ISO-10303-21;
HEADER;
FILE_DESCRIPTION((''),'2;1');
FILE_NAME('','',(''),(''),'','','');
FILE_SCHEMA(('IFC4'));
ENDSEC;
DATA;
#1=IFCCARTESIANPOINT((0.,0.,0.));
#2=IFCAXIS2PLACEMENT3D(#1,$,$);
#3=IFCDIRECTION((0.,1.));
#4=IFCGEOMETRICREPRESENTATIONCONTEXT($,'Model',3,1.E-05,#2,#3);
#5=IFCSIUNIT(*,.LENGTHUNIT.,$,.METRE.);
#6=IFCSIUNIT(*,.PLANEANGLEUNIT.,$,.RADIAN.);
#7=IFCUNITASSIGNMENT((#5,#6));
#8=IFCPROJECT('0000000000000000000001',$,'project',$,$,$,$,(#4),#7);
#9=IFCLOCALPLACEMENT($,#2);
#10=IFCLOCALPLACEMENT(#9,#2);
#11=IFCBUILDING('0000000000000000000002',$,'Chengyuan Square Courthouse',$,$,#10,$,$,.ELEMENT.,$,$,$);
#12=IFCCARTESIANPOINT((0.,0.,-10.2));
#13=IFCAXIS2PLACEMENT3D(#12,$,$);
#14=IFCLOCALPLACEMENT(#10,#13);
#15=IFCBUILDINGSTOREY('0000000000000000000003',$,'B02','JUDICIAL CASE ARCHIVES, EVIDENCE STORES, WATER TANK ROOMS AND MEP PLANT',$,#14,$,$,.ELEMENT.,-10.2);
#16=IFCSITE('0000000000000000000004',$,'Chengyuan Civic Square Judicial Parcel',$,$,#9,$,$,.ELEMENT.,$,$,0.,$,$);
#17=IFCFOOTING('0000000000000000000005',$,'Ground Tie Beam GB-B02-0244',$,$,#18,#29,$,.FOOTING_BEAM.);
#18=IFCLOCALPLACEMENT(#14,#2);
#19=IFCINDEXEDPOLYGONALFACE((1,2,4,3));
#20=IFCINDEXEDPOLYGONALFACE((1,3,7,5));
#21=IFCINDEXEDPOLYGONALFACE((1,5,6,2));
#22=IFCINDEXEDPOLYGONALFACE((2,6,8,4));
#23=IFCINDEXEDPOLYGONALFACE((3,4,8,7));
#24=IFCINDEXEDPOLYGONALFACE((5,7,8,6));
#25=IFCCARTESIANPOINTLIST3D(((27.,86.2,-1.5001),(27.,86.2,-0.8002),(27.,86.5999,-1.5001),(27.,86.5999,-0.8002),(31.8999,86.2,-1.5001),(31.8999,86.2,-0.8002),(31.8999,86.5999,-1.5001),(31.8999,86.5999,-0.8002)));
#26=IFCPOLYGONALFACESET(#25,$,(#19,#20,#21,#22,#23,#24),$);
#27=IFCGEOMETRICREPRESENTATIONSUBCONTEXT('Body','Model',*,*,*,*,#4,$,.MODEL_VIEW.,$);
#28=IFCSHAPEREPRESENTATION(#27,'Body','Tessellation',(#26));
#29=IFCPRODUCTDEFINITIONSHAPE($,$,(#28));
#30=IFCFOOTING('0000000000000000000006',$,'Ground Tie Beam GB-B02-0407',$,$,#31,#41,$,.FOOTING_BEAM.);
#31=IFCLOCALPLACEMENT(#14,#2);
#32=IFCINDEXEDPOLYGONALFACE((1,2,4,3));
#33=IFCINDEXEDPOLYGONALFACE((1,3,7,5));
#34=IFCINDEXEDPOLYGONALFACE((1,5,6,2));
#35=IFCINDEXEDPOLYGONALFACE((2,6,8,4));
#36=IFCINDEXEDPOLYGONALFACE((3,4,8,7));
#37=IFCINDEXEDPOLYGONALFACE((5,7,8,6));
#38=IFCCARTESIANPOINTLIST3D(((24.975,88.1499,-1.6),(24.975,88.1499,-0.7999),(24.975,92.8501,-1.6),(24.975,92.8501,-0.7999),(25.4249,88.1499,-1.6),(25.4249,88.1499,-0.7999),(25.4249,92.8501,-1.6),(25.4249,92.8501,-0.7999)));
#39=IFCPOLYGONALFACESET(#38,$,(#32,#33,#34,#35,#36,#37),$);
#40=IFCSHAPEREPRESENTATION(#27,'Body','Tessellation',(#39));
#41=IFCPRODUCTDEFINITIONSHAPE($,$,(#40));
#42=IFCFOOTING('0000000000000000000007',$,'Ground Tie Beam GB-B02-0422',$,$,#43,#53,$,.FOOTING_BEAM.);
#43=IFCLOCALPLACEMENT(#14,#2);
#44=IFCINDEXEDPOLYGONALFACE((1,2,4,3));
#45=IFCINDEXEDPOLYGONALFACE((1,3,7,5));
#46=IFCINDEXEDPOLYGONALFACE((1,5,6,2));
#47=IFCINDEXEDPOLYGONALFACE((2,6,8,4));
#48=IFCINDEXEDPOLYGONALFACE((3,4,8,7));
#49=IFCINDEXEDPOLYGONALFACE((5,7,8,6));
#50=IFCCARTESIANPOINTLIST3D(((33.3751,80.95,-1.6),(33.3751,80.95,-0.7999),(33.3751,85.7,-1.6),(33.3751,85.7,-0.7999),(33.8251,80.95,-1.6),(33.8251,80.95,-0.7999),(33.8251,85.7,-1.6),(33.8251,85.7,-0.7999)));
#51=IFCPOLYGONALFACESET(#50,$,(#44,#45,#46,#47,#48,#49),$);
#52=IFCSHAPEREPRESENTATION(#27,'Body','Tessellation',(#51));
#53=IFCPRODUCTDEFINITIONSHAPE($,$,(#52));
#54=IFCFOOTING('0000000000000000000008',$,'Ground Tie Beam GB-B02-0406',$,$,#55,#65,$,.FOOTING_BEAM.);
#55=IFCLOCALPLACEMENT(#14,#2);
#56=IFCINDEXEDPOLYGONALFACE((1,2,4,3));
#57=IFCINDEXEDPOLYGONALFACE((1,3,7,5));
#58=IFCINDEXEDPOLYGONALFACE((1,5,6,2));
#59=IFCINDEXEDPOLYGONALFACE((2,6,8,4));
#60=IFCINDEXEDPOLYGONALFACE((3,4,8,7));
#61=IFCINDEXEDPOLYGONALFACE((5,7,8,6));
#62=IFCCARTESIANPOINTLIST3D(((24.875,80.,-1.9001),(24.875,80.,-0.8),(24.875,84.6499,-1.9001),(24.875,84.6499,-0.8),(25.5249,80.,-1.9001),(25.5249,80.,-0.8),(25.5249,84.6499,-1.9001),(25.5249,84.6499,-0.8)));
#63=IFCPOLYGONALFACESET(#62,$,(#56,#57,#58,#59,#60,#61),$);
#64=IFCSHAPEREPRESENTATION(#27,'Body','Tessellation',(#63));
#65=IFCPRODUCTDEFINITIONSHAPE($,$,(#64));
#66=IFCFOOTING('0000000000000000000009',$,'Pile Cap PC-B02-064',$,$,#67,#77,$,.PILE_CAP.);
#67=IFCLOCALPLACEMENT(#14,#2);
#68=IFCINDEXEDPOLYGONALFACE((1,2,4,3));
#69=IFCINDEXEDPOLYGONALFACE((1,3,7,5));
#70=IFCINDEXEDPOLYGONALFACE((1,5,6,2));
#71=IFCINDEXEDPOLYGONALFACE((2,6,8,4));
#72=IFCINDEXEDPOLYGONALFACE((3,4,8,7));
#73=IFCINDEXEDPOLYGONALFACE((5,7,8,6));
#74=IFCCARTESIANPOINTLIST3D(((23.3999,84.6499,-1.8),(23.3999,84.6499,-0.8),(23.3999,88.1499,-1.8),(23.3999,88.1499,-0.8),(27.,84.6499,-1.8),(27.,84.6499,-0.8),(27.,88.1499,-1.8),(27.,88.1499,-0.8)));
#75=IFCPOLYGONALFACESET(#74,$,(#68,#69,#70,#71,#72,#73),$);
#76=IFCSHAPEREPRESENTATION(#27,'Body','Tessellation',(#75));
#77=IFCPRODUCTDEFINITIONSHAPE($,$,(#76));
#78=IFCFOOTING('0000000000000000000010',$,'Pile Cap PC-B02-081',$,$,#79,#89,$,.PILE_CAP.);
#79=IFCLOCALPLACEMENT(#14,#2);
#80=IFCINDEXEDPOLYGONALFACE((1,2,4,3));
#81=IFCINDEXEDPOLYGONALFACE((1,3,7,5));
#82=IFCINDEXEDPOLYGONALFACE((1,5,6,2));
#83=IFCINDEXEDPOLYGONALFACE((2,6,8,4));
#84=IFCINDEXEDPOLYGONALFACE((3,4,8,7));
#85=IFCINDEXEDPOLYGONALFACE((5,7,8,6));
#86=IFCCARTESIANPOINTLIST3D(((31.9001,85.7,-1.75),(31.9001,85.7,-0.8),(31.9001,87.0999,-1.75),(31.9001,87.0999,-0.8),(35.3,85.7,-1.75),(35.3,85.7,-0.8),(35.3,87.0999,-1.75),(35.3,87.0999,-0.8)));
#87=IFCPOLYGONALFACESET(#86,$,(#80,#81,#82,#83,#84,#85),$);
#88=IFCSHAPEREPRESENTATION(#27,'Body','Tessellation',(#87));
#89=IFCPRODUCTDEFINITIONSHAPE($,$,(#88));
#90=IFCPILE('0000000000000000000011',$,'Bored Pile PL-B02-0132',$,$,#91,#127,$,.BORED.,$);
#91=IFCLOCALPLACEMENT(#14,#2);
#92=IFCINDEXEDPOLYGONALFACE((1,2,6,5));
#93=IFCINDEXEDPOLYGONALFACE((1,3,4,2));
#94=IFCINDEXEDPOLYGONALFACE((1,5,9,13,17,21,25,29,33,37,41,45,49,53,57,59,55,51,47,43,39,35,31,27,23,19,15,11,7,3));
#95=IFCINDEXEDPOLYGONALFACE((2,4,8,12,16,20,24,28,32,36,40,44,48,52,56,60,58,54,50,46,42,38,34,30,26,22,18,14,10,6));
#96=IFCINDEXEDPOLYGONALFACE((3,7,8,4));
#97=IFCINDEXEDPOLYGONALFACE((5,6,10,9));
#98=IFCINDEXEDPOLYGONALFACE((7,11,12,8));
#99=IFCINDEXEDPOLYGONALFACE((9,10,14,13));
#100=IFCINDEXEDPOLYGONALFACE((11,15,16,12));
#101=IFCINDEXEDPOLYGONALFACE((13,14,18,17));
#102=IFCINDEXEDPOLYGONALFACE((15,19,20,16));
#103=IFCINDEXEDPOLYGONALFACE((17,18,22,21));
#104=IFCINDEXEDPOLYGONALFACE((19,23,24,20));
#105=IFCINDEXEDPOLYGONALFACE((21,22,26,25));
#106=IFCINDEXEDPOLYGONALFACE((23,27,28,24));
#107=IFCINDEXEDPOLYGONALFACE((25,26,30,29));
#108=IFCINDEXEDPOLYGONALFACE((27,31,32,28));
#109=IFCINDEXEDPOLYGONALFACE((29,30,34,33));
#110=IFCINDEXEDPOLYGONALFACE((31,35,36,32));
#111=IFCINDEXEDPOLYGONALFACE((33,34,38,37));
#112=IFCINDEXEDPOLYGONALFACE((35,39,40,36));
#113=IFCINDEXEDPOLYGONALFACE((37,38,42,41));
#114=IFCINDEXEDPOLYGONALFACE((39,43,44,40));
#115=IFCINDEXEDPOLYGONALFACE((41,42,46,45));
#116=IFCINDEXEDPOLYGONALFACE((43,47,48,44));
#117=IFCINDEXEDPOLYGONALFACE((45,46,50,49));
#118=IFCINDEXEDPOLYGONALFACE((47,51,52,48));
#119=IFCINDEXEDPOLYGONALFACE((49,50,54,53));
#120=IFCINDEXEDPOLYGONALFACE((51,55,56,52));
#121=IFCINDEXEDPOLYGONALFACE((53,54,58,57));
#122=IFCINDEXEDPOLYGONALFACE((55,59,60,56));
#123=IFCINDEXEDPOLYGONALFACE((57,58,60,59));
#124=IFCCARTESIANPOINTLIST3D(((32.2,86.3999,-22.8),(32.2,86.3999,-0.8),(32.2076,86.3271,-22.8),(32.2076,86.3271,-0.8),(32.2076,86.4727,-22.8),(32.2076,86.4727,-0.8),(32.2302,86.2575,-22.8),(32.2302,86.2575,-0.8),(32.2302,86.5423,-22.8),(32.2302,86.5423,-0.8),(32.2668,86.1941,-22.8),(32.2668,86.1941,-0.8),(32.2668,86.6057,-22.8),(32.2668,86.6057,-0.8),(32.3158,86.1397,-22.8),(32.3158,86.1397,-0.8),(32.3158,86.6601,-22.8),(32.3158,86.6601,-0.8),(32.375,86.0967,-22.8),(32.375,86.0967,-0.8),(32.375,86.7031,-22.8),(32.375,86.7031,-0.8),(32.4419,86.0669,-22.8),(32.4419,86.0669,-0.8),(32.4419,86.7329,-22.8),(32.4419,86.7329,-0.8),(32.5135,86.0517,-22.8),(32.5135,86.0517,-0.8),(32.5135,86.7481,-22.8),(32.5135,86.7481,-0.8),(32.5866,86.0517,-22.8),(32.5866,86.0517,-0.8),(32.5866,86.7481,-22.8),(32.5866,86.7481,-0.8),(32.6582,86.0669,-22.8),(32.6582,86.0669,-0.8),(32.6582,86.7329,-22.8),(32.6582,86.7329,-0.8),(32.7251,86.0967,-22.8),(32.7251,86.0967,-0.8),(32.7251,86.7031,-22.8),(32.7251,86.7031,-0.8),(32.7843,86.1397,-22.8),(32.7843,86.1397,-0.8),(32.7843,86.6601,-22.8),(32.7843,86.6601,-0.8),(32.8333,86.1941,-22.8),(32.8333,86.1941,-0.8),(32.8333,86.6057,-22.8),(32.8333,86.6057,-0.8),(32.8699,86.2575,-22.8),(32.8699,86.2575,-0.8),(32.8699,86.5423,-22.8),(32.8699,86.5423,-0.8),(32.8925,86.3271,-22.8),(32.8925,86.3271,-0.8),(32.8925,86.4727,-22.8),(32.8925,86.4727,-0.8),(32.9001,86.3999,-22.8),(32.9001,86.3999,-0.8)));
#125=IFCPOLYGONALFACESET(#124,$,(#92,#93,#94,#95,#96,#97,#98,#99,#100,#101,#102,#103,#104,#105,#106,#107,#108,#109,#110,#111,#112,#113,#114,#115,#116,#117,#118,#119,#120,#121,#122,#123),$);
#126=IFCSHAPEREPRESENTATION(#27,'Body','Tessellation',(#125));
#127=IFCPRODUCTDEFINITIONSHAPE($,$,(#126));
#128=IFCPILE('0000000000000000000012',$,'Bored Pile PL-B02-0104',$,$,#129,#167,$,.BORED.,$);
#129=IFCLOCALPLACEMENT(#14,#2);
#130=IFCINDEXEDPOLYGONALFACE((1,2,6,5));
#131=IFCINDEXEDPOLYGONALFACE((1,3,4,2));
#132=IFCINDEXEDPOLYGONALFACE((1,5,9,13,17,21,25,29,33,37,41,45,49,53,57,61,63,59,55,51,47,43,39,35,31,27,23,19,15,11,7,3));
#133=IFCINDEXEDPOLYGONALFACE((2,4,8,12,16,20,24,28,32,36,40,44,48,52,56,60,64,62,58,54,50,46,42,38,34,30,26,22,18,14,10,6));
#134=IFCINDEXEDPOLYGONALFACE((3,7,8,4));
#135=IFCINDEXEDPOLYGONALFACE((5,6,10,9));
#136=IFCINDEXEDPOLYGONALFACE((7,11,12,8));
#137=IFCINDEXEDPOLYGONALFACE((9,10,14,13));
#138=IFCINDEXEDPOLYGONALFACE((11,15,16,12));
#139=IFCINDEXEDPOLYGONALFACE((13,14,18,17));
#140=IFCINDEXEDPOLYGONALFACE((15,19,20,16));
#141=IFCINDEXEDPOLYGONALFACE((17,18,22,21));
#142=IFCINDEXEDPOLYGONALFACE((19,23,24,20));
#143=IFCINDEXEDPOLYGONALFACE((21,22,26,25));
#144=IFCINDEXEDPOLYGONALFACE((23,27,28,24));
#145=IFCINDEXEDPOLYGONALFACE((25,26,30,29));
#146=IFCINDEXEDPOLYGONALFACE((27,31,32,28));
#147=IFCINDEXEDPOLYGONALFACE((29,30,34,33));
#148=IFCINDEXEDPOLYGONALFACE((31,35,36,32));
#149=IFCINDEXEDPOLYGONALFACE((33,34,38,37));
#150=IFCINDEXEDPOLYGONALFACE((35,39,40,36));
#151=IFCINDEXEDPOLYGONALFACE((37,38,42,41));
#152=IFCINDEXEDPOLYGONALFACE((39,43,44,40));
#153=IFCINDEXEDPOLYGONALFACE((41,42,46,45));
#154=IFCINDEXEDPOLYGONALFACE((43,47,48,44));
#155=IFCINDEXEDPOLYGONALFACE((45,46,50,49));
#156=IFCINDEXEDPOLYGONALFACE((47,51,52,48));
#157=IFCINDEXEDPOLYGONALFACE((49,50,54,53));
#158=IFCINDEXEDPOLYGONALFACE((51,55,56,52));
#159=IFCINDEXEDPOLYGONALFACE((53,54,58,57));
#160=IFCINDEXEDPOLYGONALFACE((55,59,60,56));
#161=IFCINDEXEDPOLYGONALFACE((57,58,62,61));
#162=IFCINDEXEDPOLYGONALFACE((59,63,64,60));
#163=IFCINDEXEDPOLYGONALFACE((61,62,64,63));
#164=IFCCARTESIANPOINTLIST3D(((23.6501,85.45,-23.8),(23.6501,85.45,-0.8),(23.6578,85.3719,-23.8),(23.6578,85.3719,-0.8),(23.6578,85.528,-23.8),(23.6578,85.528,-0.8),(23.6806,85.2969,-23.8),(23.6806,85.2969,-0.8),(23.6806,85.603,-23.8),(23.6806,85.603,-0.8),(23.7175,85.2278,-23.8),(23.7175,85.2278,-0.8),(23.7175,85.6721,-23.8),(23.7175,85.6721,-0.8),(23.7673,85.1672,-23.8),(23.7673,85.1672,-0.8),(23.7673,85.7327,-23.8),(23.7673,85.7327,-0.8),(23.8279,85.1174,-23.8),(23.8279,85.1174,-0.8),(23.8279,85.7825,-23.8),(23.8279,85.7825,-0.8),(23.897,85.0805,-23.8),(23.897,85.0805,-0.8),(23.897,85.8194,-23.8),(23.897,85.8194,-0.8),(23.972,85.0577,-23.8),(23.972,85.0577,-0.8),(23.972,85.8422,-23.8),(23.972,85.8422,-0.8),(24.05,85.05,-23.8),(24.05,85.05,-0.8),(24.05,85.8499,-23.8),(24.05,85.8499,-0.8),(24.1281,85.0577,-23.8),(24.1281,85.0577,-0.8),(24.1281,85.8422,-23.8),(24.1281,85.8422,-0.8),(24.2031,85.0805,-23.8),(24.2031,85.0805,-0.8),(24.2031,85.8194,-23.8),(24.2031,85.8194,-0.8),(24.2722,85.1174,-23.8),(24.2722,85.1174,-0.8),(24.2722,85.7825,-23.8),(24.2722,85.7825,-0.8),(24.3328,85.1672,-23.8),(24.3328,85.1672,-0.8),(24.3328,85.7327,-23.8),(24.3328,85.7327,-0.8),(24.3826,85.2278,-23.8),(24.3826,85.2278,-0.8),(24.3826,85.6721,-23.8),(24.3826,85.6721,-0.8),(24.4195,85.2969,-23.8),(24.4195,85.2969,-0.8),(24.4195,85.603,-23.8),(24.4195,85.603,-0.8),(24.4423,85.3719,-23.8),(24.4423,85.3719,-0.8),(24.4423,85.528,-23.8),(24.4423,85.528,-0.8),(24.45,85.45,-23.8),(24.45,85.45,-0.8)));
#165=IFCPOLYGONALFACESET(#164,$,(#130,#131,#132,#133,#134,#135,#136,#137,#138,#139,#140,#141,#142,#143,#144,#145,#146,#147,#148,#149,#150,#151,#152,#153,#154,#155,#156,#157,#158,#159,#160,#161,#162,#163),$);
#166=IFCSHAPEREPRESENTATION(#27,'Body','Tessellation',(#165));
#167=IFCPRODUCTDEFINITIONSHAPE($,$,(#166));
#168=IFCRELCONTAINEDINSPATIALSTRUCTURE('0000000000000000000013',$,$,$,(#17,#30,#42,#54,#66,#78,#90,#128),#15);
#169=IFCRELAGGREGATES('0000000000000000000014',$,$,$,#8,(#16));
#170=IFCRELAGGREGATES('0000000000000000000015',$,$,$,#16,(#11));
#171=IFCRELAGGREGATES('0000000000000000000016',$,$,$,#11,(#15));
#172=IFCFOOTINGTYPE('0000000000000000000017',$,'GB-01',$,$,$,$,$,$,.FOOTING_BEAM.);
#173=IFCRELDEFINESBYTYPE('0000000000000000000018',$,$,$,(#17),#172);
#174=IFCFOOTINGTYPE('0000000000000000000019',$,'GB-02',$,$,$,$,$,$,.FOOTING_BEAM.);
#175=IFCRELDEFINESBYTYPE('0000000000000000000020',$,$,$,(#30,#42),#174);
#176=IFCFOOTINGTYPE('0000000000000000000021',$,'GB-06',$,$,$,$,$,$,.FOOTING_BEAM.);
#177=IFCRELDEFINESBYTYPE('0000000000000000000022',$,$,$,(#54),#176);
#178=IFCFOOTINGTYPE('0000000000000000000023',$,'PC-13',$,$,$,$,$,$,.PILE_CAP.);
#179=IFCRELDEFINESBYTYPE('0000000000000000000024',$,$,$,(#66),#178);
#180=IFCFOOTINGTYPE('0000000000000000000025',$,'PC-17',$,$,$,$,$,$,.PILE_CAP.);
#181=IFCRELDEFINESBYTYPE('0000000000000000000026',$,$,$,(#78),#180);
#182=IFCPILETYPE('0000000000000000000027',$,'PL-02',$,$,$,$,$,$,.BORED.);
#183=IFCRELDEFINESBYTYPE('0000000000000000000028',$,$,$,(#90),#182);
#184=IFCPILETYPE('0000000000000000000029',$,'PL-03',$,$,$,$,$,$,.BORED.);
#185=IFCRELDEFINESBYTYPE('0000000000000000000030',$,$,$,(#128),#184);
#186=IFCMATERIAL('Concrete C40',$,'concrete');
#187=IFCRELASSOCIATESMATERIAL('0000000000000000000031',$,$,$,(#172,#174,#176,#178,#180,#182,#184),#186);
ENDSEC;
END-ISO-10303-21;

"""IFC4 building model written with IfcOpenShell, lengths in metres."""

from ifc_helpers import new_model, si_unit, direction, frame, origin, origin_2d, place, context, subcontext, project, spatial, rectangle, circle, extrude, material, material_profile, profile_set, type_object, element, save


model = new_model("IFC4")

# Units and contexts
model_context = context("Model", 3, precision=1e-05, world=origin(), true_north=direction((0.0, 1.0)))
body_context = subcontext(model_context, "Body", "Model", "MODEL_VIEW")
ifc_project = project(units=[si_unit("LENGTHUNIT", "METRE"), si_unit("PLANEANGLEUNIT", "RADIAN")], contexts=[model_context])

# Site, building, storey
site_placement = place(None, origin())
site = spatial("IfcSite", under=ifc_project, at=site_placement, Name="Chengyuan Civic Square Judicial Parcel", CompositionType="ELEMENT", RefElevation=0.0)
building_placement = place(site_placement, origin())
building = spatial("IfcBuilding", under=site, at=building_placement, Name="Chengyuan Square Courthouse", CompositionType="ELEMENT")
storey_placement = place(building_placement, frame((0.0, 0.0, -10.2)))
storey = spatial("IfcBuildingStorey", under=building, at=storey_placement, Name="B02", Description="JUDICIAL CASE ARCHIVES, EVIDENCE STORES, WATER TANK ROOMS AND MEP PLANT", CompositionType="ELEMENT", Elevation=-10.2)

# Footings
ifc_material_1 = material(Name="Concrete C40", Category="concrete")
ifc_material_profile_1 = material_profile(ifc_material_1, rectangle(XDim=0.3999, YDim=0.7, at=origin_2d()), Name="GB-400x700")
ifc_profile_set_1 = profile_set([ifc_material_profile_1], Name="Concrete C40")
footing_type_1 = type_object("IfcFootingType", Name="GB-01", PredefinedType="FOOTING_BEAM", material=ifc_profile_set_1)
footing_1_placement = place(storey_placement, frame((27.0, 86.3999, -1.1501), z_axis=(1.0, 0.0, 0.0), x_axis=(0.0, 1.0, 0.0)))
element("IfcFooting", 1, at=footing_1_placement, inside=storey, type_object=footing_type_1, Name="Ground Tie Beam GB-B02-0244", PredefinedType="FOOTING_BEAM", context=body_context, shape_type="SweptSolid", body=[
    extrude(rectangle(XDim=0.3999, YDim=0.7, at=origin_2d()), origin(), (0.0, 0.0, 1.0), 4.8999),
])
ifc_material_profile_2 = material_profile(ifc_material_1, rectangle(XDim=0.45, YDim=0.8, at=origin_2d()), Name="GB-450x800")
ifc_profile_set_2 = profile_set([ifc_material_profile_2], Name="Concrete C40")
footing_type_2 = type_object("IfcFootingType", Name="GB-02", PredefinedType="FOOTING_BEAM", material=ifc_profile_set_2)
footing_2_placement = place(storey_placement, frame((25.2, 88.1499, -1.2), z_axis=(0.0, 1.0, 0.0), x_axis=(-1.0, 0.0, 0.0)))
element("IfcFooting", 2, at=footing_2_placement, inside=storey, type_object=footing_type_2, Name="Ground Tie Beam GB-B02-0407", PredefinedType="FOOTING_BEAM", context=body_context, shape_type="SweptSolid", body=[
    extrude(rectangle(XDim=0.45, YDim=0.8, at=origin_2d()), origin(), (0.0, 0.0, 1.0), 4.7002),
])
footing_3_placement = place(storey_placement, frame((33.6001, 80.95, -1.2), z_axis=(0.0, 1.0, 0.0), x_axis=(-1.0, 0.0, 0.0)))
element("IfcFooting", 3, at=footing_3_placement, inside=storey, type_object=footing_type_2, Name="Ground Tie Beam GB-B02-0422", PredefinedType="FOOTING_BEAM", context=body_context, shape_type="SweptSolid", body=[
    extrude(rectangle(XDim=0.45, YDim=0.8, at=origin_2d()), origin(), (0.0, 0.0, 1.0), 4.75),
])
ifc_material_profile_3 = material_profile(ifc_material_1, rectangle(XDim=0.6499, YDim=1.1001, at=origin_2d()), Name="GB-650x1100")
ifc_profile_set_3 = profile_set([ifc_material_profile_3], Name="Concrete C40")
footing_type_3 = type_object("IfcFootingType", Name="GB-06", PredefinedType="FOOTING_BEAM", material=ifc_profile_set_3)
footing_4_placement = place(storey_placement, frame((25.2, 80.0, -1.3501), z_axis=(0.0, 1.0, 0.0), x_axis=(-1.0, 0.0, 0.0)))
element("IfcFooting", 4, at=footing_4_placement, inside=storey, type_object=footing_type_3, Name="Ground Tie Beam GB-B02-0406", PredefinedType="FOOTING_BEAM", context=body_context, shape_type="SweptSolid", body=[
    extrude(rectangle(XDim=0.6499, YDim=1.1001, at=origin_2d()), origin(), (0.0, 0.0, 1.0), 4.6499),
])
footing_type_4 = type_object("IfcFootingType", Name="PC-13", PredefinedType="PILE_CAP", material=ifc_material_1)
footing_5_placement = place(storey_placement, frame((25.2, 86.3999, -1.8), z_axis=(0.0, 0.0, 1.0), x_axis=(1.0, 0.0, 0.0)))
element("IfcFooting", 5, at=footing_5_placement, inside=storey, type_object=footing_type_4, Name="Pile Cap PC-B02-064", PredefinedType="PILE_CAP", context=body_context, shape_type="SweptSolid", body=[
    extrude(rectangle(XDim=3.6001, YDim=3.5, at=origin_2d()), origin(), (0.0, 0.0, 1.0), 1.0),
])
footing_type_5 = type_object("IfcFootingType", Name="PC-17", PredefinedType="PILE_CAP", material=ifc_material_1)
footing_6_placement = place(storey_placement, frame((33.6001, 86.3999, -1.75), z_axis=(0.0, 0.0, 1.0), x_axis=(1.0, 0.0, 0.0)))
element("IfcFooting", 6, at=footing_6_placement, inside=storey, type_object=footing_type_5, Name="Pile Cap PC-B02-081", PredefinedType="PILE_CAP", context=body_context, shape_type="SweptSolid", body=[
    extrude(rectangle(XDim=3.3999, YDim=1.3999, at=origin_2d()), origin(), (0.0, 0.0, 1.0), 0.95),
])

# Piles
ifc_material_profile_4 = material_profile(ifc_material_1, circle(Radius=0.3501, at=origin_2d()), Name="BORED PILE D700")
ifc_profile_set_4 = profile_set([ifc_material_profile_4], Name="Concrete C40")
pile_type_1 = type_object("IfcPileType", Name="PL-02", PredefinedType="BORED", material=ifc_profile_set_4)
pile_placement = place(storey_placement, frame((32.55, 86.3999, -0.8), z_axis=(0.0, 0.0, -1.0), x_axis=(1.0, 0.0, 0.0)))
element("IfcPile", 7, at=pile_placement, inside=storey, type_object=pile_type_1, Name="Bored Pile PL-B02-0132", PredefinedType="BORED", context=body_context, shape_type="SweptSolid", body=[
    extrude(circle(Radius=0.3501, at=origin_2d()), origin(), (0.0, 0.0, 1.0), 22.0),
])
ifc_material_profile_5 = material_profile(ifc_material_1, circle(Radius=0.3999, at=origin_2d()), Name="BORED PILE D800")
ifc_profile_set_5 = profile_set([ifc_material_profile_5], Name="Concrete C40")
pile_type_2 = type_object("IfcPileType", Name="PL-03", PredefinedType="BORED", material=ifc_profile_set_5)
for number, where, z_axis, x_axis, name in (
    (8, (24.05, 85.45, -0.8), (0.0, 0.0, -1.0), (1.0, 0.0, 0.0), "Bored Pile PL-B02-0104"),
):
    element("IfcPile", number, at=place(storey_placement, frame(where, z_axis=z_axis, x_axis=x_axis)), inside=storey, type_object=pile_type_2, Name=name, PredefinedType="BORED", context=body_context, shape_type="SweptSolid", body=[
        extrude(circle(Radius=0.3999, at=origin_2d()), origin(), (0.0, 0.0, 1.0), 23.0),
    ])

save(model, "model.ifc")
